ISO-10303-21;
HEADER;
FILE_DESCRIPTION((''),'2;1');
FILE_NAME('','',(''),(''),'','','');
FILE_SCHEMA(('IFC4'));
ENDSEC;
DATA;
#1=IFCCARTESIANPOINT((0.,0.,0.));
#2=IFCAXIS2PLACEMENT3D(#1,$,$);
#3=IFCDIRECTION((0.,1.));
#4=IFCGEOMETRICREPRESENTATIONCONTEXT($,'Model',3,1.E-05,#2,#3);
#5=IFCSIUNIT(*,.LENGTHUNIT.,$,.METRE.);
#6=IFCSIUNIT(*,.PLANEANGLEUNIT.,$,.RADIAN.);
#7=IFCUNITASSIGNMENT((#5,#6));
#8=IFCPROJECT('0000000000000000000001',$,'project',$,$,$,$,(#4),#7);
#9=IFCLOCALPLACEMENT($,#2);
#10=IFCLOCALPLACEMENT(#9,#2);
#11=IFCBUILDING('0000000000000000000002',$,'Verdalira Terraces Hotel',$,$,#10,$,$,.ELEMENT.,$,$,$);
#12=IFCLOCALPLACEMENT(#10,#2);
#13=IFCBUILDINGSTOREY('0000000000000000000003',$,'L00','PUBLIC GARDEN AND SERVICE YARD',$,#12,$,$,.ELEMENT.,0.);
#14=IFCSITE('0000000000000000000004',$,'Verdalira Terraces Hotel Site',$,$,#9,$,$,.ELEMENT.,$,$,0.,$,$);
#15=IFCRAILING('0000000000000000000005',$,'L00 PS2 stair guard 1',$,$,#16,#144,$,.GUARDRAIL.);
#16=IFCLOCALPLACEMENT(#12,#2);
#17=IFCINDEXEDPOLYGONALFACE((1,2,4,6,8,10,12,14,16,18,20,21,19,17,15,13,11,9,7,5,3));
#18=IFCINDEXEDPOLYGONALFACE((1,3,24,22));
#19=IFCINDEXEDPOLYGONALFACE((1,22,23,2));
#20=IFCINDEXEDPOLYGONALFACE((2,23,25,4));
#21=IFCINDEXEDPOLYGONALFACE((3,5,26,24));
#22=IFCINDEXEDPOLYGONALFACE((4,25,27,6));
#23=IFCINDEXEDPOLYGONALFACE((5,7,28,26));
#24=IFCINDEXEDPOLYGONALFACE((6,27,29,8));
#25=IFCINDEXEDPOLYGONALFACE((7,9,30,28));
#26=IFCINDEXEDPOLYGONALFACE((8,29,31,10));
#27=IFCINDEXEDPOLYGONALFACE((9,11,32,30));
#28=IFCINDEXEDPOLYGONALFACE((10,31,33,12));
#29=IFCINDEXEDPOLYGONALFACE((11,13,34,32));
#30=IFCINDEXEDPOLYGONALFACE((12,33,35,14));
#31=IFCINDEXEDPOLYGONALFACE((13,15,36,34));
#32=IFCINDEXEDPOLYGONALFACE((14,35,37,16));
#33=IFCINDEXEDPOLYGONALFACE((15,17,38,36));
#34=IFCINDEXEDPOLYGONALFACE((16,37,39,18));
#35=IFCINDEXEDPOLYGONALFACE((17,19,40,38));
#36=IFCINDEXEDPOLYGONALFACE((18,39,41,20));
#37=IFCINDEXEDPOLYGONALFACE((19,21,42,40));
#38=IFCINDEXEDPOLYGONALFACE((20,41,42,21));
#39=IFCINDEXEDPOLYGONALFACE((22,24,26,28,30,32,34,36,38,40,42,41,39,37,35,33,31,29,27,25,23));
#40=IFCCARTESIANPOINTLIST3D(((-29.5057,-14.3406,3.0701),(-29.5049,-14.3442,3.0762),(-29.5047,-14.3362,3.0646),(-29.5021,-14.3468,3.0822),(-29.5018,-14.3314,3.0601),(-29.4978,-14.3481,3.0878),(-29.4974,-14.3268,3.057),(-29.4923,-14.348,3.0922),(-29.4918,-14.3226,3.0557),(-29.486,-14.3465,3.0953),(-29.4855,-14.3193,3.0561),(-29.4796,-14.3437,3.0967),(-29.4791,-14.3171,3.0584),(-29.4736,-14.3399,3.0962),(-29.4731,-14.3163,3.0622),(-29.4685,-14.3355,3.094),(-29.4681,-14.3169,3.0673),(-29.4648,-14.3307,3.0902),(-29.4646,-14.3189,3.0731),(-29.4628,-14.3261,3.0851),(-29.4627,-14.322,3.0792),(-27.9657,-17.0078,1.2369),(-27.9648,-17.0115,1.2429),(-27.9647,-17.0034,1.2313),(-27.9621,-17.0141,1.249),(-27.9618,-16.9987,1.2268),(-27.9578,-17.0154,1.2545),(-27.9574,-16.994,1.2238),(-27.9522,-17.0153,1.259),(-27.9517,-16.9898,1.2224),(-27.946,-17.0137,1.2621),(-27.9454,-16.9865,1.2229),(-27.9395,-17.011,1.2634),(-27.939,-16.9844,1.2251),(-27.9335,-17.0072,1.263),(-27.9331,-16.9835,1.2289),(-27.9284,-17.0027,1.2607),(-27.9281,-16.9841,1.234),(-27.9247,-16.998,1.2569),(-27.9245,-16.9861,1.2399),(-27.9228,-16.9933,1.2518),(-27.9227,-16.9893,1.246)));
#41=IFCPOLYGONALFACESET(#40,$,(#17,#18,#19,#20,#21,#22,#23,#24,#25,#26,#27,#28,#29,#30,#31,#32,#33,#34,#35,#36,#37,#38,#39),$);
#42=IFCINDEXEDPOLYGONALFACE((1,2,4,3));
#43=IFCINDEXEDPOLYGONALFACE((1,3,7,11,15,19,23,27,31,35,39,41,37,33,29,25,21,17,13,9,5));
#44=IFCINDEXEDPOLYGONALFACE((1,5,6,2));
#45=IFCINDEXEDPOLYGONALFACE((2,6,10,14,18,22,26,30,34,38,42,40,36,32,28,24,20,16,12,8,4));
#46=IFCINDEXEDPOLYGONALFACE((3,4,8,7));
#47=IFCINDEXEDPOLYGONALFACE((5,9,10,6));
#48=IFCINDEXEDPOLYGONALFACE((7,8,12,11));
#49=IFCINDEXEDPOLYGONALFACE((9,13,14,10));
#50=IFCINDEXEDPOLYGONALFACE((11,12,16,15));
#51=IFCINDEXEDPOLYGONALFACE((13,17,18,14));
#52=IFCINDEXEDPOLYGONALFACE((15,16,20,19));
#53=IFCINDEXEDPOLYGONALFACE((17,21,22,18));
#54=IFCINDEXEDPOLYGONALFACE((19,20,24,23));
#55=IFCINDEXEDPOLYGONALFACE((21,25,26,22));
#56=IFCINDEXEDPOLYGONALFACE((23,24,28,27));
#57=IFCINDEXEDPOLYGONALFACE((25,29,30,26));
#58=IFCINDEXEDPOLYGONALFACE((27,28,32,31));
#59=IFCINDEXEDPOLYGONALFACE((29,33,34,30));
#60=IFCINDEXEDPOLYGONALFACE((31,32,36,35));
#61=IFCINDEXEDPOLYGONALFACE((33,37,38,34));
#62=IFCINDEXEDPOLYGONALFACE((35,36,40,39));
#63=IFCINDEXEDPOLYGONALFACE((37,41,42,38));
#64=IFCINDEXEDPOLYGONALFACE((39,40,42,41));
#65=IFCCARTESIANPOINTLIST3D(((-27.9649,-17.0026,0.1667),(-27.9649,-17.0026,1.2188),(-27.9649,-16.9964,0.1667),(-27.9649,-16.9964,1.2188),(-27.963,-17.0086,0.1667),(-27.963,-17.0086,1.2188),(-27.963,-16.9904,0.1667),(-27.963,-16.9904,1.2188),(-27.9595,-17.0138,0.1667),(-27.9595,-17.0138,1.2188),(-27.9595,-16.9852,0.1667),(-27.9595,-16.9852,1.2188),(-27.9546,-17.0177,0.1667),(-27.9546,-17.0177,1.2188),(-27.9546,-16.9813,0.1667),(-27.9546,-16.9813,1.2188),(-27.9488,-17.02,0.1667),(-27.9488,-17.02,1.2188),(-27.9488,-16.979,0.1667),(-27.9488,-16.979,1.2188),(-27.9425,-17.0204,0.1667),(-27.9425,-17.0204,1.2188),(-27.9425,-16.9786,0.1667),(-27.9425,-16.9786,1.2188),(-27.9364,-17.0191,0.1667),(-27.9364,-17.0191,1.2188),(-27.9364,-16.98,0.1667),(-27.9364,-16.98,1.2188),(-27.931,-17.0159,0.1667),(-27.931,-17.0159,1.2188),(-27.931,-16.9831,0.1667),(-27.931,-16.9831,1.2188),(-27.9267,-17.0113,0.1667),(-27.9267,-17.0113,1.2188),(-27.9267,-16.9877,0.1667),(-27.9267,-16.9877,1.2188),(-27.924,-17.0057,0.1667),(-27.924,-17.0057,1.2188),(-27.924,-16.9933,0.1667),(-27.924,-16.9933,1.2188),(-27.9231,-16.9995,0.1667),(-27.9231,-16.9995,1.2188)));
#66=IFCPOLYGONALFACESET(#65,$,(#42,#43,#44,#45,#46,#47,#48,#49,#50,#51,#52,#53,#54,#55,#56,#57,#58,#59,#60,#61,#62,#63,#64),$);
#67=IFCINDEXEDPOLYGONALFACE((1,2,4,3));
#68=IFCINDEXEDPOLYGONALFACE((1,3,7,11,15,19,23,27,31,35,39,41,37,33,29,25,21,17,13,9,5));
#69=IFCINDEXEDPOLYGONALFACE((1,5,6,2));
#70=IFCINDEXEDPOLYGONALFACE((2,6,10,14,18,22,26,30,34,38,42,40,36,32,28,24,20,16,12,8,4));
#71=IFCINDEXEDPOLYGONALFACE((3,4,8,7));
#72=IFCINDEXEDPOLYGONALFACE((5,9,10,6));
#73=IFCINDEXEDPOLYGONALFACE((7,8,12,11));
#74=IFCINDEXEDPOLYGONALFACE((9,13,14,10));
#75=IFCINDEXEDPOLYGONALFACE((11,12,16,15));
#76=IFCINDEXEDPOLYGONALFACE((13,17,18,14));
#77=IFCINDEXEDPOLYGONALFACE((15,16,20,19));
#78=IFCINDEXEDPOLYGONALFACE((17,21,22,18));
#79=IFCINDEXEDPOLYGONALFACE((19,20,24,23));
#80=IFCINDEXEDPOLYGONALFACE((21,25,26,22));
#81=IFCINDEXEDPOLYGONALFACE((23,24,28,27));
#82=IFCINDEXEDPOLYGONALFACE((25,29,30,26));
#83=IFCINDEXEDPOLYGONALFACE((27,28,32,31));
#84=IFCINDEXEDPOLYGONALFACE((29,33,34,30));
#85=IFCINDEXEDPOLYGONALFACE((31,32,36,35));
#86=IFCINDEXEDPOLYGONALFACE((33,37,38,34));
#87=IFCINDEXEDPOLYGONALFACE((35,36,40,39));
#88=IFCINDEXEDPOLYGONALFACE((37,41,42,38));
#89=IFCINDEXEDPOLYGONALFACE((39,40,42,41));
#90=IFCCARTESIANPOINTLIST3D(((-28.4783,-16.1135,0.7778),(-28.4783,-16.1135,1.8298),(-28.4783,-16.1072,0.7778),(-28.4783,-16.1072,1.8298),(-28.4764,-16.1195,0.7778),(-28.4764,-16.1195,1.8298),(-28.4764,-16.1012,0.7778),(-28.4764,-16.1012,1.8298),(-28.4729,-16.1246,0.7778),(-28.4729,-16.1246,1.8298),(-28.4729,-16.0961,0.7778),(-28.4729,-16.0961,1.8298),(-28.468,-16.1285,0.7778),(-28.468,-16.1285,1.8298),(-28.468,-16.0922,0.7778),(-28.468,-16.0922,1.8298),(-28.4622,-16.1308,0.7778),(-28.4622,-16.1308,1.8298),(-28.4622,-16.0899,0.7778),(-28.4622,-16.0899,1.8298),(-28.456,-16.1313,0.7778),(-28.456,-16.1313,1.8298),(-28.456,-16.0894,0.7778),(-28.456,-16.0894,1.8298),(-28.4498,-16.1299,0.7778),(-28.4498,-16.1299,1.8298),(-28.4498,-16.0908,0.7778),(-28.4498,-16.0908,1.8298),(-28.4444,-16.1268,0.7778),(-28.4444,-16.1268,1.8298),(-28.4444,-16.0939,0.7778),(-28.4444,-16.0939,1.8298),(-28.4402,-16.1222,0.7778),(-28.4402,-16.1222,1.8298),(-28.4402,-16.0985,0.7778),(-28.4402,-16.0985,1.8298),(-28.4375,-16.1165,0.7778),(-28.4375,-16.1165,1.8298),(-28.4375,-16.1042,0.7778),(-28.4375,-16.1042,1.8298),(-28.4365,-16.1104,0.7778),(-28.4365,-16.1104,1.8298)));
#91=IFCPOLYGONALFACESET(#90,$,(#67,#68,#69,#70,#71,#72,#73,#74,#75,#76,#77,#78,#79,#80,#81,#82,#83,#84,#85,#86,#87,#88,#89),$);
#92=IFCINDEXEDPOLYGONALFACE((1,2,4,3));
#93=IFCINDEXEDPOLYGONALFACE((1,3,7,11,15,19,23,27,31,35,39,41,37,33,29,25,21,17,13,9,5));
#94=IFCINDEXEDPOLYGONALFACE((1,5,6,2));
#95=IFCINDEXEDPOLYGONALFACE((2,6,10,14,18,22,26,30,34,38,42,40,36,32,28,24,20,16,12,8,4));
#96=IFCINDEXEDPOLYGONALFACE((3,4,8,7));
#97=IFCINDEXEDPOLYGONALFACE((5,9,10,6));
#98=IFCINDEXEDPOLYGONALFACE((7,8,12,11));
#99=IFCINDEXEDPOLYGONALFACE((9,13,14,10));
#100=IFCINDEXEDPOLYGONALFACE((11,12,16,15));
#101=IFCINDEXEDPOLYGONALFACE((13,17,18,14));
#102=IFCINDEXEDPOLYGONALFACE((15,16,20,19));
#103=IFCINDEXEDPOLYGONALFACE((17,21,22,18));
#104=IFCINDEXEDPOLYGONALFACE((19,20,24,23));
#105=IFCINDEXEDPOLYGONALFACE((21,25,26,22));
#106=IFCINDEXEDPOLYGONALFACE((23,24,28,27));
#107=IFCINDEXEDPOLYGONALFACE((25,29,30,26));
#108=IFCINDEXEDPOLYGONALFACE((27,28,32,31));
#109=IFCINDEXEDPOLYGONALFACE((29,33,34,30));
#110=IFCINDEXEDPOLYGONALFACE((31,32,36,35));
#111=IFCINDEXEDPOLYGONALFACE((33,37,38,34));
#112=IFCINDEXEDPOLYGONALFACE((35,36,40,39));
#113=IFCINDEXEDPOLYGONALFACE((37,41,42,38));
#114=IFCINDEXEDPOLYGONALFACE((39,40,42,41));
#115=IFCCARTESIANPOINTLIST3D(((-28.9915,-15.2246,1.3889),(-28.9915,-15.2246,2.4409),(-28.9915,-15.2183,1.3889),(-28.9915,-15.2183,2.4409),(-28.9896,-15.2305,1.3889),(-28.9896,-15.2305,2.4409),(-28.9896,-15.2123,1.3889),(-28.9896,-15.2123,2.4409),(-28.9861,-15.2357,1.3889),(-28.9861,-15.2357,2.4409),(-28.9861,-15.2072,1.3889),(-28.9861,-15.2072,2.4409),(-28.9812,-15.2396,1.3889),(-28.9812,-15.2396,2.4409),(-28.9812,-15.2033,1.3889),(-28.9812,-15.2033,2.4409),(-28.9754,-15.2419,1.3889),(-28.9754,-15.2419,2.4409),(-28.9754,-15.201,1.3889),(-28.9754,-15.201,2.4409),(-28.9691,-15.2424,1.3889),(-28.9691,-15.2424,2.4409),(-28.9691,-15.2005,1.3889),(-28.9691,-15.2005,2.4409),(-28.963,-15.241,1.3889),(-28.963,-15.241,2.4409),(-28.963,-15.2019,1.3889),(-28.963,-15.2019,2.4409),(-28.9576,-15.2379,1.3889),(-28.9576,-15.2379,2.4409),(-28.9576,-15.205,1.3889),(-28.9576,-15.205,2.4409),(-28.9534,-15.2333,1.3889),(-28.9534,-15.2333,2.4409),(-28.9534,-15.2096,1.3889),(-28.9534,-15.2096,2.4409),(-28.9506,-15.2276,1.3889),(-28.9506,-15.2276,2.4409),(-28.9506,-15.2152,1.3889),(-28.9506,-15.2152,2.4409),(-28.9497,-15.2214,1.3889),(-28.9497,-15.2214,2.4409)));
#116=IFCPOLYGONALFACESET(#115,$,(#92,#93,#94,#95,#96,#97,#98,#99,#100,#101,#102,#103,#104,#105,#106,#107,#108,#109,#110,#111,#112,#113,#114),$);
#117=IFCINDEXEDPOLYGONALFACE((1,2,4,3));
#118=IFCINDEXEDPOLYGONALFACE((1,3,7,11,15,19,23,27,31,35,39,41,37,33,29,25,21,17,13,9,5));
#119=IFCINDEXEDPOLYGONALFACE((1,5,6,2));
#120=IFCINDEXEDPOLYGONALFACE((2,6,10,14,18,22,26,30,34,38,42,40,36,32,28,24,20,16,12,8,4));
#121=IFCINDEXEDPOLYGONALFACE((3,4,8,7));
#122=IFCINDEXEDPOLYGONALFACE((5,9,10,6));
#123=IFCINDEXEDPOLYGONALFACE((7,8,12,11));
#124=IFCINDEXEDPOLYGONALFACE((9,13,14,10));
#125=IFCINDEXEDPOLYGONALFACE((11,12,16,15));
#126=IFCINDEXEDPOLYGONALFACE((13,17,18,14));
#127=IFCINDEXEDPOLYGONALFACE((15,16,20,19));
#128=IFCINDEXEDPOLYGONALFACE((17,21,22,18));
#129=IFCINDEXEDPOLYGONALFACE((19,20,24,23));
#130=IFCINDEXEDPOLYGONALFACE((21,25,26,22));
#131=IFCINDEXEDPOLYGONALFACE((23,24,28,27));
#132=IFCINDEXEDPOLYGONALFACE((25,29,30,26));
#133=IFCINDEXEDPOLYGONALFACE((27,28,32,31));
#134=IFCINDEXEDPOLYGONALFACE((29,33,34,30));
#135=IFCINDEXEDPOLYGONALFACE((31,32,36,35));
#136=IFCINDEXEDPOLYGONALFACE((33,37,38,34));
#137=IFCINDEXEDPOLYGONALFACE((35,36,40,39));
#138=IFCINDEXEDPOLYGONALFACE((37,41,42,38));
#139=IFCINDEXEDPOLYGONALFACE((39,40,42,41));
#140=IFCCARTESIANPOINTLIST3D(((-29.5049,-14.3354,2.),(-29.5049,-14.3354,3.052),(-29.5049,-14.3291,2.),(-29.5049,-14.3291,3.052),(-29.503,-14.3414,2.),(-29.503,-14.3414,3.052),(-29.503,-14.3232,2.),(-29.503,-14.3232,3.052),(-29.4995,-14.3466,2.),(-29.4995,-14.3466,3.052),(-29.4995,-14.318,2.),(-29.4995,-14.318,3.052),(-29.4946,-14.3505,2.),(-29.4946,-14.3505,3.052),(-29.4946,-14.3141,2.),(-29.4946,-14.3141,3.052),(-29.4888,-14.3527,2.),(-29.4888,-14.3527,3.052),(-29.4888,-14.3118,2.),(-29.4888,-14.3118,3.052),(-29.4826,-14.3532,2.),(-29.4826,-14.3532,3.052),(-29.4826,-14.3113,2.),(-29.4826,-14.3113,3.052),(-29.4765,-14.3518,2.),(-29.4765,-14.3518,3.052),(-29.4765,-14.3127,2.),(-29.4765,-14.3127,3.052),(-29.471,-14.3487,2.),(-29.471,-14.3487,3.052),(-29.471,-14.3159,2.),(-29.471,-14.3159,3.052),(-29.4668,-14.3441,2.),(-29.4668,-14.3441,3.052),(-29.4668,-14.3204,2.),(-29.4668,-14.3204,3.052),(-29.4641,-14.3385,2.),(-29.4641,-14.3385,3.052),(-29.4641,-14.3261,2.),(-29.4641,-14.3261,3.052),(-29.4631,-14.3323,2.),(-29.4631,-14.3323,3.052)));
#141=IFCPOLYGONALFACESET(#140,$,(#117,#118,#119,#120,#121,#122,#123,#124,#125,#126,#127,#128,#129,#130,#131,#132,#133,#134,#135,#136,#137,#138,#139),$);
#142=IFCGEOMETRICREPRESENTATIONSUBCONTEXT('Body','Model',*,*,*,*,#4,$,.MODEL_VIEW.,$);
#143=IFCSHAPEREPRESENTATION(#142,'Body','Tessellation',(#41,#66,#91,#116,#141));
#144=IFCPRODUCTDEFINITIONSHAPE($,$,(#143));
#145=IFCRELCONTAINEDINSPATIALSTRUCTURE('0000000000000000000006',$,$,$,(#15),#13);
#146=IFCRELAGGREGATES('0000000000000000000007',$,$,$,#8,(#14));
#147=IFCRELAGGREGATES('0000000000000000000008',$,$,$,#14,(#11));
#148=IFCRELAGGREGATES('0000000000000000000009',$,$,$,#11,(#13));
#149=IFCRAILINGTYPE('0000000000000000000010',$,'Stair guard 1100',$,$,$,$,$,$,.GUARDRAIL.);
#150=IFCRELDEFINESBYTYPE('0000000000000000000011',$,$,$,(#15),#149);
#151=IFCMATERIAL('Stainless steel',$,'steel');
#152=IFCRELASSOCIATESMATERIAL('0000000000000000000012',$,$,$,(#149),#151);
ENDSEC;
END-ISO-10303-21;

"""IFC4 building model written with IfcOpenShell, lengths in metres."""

from ifc_helpers import new_model, si_unit, direction, frame, origin, origin_2d, place, context, subcontext, project, spatial, circle, extrude, material, type_object, element, save


model = new_model("IFC4")

# Units and contexts
model_context = context("Model", 3, precision=1e-05, world=origin(), true_north=direction((0.0, 1.0)))
body_context = subcontext(model_context, "Body", "Model", "MODEL_VIEW")
ifc_project = project(units=[si_unit("LENGTHUNIT", "METRE"), si_unit("PLANEANGLEUNIT", "RADIAN")], contexts=[model_context])

# Site, building, storey
site_placement = place(None, origin())
site = spatial("IfcSite", under=ifc_project, at=site_placement, Name="Verdalira Terraces Hotel Site", CompositionType="ELEMENT", RefElevation=0.0)
building_placement = place(site_placement, origin())
building = spatial("IfcBuilding", under=site, at=building_placement, Name="Verdalira Terraces Hotel", CompositionType="ELEMENT")
storey_placement = place(building_placement, origin())
storey = spatial("IfcBuildingStorey", under=building, at=storey_placement, Name="L00", Description="PUBLIC GARDEN AND SERVICE YARD", CompositionType="ELEMENT", Elevation=0.0)

# Railing
ifc_material_1 = material(Name="Stainless steel", Category="steel")
railing_type = type_object("IfcRailingType", Name="Stair guard 1100", PredefinedType="GUARDRAIL", material=ifc_material_1)
railing_1_placement = place(storey_placement, frame((-27.9441, -16.9995, 0.1667)))
element("IfcRailing", 1, at=railing_1_placement, inside=storey, type_object=railing_type, Name="L00 PS2 stair guard 1", PredefinedType="GUARDRAIL", context=body_context, shape_type="SweptSolid", body=[
    extrude(circle(Radius=0.0239, at=origin_2d()), frame((0.0, 0.0, 1.0762), z_axis=(-0.429671, 0.744159, 0.511478), x_axis=(-0.86601, -0.500027, 0.0)), (0.0, 0.0, 1.0), 3.5842),
    extrude(circle(Radius=0.021, at=origin_2d()), origin(), (0.0, 0.0, 1.0), 1.052),
    extrude(circle(Radius=0.021, at=origin_2d()), frame((-0.5134, 0.8892, 0.6111)), (0.0, 0.0, 1.0), 1.052),
    extrude(circle(Radius=0.021, at=origin_2d()), frame((-1.0266, 1.7781, 1.2222)), (0.0, 0.0, 1.0), 1.052),
    extrude(circle(Radius=0.021, at=origin_2d()), frame((-1.54, 2.6672, 1.8333)), (0.0, 0.0, 1.0), 1.052),
])

save(model, "model.ifc")
